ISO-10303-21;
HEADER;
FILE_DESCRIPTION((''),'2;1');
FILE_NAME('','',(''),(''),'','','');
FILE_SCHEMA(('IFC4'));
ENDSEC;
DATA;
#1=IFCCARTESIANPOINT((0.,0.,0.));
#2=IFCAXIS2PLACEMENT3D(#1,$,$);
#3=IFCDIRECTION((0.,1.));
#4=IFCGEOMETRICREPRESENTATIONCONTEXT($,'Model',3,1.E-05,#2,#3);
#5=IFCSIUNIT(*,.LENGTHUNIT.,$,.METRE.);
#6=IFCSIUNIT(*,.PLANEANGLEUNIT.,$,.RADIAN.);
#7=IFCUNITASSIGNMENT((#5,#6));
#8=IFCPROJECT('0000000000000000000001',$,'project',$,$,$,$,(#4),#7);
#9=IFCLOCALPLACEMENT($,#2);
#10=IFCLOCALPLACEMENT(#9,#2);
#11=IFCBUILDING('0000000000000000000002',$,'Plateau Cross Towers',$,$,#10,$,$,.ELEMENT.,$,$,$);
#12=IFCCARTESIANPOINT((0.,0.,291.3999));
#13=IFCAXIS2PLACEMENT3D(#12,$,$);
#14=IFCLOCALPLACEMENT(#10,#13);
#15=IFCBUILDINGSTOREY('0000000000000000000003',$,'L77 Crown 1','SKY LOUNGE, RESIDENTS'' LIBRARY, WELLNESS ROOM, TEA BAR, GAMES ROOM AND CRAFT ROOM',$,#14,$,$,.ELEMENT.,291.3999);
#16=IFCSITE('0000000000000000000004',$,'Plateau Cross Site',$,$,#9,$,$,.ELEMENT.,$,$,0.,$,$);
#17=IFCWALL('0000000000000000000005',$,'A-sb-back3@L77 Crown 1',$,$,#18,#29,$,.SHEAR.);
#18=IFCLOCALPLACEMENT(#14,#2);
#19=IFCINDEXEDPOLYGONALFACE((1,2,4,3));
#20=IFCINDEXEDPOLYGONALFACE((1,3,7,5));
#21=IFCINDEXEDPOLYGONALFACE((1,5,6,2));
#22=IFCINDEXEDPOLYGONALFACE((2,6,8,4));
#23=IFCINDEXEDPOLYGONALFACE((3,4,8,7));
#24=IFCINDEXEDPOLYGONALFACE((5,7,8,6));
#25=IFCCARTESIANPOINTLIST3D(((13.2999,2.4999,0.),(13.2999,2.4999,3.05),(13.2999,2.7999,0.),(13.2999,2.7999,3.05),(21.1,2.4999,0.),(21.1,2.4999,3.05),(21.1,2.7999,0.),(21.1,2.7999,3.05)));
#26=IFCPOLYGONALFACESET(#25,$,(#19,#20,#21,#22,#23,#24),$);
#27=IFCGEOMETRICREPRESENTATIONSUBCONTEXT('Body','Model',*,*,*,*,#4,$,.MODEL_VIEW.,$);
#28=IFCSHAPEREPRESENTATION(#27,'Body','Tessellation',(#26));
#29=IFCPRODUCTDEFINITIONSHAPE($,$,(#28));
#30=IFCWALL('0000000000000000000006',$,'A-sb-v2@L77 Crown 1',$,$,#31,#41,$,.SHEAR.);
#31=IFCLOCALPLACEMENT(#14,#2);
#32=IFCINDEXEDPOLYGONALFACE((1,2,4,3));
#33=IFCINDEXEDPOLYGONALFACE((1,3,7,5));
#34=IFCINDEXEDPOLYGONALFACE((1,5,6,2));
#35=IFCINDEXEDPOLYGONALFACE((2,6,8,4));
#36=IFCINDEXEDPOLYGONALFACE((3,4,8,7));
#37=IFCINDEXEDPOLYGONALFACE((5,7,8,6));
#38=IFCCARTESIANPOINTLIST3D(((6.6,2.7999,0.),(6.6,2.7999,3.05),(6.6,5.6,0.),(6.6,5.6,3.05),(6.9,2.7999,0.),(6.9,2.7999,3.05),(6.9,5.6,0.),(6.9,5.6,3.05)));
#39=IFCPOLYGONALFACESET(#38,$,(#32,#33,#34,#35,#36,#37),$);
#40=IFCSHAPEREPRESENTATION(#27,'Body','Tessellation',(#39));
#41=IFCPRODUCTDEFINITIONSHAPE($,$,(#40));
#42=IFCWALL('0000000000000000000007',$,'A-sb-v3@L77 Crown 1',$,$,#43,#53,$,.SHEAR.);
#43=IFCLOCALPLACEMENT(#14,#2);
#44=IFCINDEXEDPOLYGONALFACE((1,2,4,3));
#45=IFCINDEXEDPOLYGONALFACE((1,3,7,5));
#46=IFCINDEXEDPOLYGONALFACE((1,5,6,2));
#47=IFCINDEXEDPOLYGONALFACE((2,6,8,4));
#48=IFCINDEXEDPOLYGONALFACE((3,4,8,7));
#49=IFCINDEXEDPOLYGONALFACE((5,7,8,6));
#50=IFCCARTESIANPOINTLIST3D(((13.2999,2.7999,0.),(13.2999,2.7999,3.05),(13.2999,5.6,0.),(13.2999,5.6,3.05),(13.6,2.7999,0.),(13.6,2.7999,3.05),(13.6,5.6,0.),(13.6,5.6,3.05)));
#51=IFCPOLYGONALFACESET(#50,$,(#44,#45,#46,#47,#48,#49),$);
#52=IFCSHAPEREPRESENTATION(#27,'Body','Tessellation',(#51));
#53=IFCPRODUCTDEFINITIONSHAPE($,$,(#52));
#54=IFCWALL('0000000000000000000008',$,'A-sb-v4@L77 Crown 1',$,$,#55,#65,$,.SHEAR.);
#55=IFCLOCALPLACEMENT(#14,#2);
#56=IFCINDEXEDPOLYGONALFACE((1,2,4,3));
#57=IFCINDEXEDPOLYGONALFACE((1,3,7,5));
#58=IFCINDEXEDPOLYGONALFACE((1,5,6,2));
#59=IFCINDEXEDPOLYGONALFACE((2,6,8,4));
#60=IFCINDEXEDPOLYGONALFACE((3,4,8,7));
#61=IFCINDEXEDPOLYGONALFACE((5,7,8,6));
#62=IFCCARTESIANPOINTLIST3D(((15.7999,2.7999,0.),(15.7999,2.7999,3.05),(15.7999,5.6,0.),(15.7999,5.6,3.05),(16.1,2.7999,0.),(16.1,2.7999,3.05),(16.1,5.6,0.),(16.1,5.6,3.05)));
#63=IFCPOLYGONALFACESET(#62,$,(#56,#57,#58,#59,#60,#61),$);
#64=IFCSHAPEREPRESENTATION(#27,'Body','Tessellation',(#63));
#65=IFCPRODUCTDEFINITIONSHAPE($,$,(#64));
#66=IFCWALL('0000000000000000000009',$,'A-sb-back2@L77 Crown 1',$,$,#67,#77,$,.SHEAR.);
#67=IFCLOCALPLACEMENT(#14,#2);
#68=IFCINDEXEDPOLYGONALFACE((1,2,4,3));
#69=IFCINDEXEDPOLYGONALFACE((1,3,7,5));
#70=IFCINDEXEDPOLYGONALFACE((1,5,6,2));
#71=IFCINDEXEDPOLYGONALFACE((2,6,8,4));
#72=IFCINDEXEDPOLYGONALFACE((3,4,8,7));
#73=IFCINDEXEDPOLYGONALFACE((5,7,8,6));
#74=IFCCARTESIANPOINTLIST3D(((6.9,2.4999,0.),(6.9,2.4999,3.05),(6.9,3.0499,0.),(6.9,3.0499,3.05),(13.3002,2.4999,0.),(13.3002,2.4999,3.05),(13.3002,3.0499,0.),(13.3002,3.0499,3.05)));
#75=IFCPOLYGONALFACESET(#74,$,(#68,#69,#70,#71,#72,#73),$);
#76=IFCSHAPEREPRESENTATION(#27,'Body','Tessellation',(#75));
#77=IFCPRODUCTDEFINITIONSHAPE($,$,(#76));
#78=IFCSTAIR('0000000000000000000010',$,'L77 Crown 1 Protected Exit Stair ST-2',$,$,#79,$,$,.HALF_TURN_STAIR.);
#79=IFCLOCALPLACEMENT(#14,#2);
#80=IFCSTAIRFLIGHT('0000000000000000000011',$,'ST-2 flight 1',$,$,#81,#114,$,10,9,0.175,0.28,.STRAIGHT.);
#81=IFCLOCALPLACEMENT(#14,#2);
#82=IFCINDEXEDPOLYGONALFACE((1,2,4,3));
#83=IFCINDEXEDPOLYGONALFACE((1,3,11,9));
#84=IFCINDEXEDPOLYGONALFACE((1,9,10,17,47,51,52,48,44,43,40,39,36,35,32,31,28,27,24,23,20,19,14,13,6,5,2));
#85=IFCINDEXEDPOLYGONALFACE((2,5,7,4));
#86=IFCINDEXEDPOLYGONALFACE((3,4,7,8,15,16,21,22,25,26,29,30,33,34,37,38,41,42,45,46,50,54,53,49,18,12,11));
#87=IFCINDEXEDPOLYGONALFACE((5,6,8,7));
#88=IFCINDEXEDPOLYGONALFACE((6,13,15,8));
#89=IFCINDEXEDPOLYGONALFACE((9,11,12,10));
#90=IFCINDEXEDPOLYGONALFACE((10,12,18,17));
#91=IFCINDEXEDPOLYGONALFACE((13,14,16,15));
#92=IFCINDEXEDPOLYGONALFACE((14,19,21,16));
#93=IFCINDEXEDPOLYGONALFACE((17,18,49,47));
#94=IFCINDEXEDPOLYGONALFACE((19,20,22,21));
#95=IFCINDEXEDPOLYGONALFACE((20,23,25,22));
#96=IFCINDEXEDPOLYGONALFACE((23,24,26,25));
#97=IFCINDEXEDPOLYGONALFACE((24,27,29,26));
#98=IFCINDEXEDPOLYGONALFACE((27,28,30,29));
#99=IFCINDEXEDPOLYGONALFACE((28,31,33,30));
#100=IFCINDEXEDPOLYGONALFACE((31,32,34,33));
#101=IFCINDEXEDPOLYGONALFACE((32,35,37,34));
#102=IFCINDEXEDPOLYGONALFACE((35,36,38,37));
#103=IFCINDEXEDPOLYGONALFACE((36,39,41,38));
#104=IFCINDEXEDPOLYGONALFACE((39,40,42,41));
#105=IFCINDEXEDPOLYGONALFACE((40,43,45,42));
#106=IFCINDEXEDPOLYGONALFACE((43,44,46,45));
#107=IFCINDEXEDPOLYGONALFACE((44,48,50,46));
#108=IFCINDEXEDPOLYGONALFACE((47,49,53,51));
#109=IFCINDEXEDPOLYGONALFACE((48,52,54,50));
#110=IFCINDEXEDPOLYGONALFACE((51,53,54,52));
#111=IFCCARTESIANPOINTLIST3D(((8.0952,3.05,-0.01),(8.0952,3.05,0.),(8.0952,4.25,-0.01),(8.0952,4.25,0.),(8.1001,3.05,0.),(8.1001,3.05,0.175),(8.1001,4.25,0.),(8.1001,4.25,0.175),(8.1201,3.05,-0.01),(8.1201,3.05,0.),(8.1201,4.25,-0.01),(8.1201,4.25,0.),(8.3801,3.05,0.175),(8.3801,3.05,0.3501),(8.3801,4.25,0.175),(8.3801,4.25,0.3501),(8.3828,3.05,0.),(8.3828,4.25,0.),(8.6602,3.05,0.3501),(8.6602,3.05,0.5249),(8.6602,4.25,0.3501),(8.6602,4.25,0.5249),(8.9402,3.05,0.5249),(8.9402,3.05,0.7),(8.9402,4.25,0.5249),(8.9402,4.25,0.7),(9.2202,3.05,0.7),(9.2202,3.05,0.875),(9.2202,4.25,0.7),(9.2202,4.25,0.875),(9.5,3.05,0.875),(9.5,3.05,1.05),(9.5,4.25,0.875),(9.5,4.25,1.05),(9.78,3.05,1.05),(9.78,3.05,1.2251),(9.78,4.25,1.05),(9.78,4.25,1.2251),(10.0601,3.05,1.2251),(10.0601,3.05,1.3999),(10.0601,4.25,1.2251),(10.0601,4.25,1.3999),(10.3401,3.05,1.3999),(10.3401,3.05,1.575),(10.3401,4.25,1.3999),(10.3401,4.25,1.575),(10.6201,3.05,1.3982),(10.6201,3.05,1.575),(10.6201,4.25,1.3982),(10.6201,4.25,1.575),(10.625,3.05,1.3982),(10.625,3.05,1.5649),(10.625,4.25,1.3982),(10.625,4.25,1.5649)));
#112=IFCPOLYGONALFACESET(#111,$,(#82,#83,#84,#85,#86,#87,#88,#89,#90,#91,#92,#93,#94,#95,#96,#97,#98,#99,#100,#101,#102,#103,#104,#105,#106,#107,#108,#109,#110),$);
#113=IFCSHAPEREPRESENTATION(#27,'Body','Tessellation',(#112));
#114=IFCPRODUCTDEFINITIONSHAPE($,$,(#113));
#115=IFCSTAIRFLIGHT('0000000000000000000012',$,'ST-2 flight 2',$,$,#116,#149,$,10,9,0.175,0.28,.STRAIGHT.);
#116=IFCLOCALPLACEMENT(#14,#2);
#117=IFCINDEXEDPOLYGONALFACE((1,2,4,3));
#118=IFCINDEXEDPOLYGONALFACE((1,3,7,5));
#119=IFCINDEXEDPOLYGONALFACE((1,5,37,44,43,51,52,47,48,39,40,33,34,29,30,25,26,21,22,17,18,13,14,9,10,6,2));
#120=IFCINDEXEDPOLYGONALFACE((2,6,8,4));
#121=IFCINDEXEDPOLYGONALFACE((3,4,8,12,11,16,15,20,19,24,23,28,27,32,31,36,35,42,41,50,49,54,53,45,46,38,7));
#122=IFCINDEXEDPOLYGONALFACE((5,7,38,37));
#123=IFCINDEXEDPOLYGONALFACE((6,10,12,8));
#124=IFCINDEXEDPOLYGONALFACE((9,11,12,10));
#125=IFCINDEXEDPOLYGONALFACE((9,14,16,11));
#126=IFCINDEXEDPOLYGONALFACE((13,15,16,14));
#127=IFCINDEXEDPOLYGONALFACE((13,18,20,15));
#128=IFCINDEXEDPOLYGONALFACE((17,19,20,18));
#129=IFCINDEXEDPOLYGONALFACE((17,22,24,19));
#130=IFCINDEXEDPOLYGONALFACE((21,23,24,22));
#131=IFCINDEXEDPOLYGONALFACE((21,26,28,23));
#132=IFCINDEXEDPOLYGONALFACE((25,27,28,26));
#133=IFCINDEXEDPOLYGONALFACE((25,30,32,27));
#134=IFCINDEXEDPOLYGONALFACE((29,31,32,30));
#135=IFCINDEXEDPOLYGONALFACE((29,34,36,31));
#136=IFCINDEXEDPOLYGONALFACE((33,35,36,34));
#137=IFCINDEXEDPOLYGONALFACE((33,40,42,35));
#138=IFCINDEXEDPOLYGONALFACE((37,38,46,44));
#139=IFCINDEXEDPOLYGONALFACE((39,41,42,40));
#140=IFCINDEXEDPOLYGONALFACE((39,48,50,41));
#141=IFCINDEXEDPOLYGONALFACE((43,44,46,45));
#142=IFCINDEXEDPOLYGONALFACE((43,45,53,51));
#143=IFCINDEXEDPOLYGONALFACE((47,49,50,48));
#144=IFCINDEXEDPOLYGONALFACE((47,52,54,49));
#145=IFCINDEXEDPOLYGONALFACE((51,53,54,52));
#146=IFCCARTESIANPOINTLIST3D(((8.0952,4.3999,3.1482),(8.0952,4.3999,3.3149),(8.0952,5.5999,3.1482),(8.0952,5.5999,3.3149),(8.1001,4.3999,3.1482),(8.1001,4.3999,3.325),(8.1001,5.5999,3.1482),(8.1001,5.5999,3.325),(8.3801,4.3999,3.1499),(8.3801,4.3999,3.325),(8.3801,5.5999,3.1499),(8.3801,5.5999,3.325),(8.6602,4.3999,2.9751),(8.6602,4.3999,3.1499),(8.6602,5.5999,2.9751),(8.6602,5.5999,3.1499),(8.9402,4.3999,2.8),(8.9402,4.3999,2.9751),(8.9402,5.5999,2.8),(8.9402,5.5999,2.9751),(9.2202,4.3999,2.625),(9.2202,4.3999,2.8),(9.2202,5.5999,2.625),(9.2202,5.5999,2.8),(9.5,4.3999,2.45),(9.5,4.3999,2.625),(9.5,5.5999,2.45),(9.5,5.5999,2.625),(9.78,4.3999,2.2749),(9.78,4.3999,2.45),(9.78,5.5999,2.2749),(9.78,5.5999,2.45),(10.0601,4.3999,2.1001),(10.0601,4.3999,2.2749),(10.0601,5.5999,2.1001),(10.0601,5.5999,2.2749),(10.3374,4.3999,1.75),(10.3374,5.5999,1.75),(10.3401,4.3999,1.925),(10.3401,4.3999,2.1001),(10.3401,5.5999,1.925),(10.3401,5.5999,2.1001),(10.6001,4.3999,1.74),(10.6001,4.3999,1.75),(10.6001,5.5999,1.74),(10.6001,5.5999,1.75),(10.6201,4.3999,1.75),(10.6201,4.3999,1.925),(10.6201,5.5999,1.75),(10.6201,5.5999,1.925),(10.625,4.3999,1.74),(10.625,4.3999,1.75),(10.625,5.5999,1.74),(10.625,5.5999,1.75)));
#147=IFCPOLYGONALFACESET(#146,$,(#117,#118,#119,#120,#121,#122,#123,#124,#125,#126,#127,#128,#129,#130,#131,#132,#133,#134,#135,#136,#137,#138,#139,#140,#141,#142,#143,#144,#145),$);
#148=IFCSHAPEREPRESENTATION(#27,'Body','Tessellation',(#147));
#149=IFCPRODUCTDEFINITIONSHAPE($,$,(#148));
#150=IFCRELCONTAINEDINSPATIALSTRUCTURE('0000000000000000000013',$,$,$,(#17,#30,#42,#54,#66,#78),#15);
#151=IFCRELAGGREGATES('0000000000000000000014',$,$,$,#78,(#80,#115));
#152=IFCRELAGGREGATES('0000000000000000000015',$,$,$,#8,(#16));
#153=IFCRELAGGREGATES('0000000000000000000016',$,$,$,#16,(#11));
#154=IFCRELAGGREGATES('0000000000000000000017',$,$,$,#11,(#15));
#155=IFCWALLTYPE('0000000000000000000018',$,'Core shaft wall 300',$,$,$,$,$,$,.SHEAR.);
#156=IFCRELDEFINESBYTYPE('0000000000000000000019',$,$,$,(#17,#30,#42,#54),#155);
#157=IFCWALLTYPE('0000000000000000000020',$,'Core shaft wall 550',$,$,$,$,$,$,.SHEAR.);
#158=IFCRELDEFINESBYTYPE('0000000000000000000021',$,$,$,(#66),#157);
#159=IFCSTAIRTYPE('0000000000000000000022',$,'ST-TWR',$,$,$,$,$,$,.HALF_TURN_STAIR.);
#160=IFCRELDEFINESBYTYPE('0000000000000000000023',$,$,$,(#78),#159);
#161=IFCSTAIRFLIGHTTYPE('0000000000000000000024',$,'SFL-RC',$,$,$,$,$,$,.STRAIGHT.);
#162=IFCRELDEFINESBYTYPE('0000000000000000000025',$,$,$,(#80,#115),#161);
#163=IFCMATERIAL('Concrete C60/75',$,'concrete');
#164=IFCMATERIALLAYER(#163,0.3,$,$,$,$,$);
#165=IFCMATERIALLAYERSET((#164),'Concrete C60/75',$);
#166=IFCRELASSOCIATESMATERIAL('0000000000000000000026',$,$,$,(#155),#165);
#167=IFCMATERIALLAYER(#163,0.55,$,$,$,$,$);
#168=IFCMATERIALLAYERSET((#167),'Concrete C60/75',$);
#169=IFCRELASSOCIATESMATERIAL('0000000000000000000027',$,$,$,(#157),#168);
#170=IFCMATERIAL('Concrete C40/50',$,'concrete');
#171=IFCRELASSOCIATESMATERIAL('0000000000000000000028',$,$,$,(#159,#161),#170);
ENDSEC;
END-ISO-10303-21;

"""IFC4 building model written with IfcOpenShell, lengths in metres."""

from ifc_helpers import new_model, si_unit, direction, frame, frame_2d, origin, place, context, subcontext, project, spatial, polyline, rectangle, outline, extrude, material, layer, layer_set, type_object, element, aggregate, save


model = new_model("IFC4")

# Units and contexts
model_context = context("Model", 3, precision=1e-05, world=origin(), true_north=direction((0.0, 1.0)))
body_context = subcontext(model_context, "Body", "Model", "MODEL_VIEW")
ifc_project = project(units=[si_unit("LENGTHUNIT", "METRE"), si_unit("PLANEANGLEUNIT", "RADIAN")], contexts=[model_context])

# Site, building, storey
site_placement = place(None, origin())
site = spatial("IfcSite", under=ifc_project, at=site_placement, Name="Plateau Cross Site", CompositionType="ELEMENT", RefElevation=0.0)
building_placement = place(site_placement, origin())
building = spatial("IfcBuilding", under=site, at=building_placement, Name="Plateau Cross Towers", CompositionType="ELEMENT")
storey_placement = place(building_placement, frame((0.0, 0.0, 291.3999)))
storey = spatial("IfcBuildingStorey", under=building, at=storey_placement, Name="L77 Crown 1", Description="SKY LOUNGE, RESIDENTS' LIBRARY, WELLNESS ROOM, TEA BAR, GAMES ROOM AND CRAFT ROOM", CompositionType="ELEMENT", Elevation=291.3999)

# Walls
ifc_material_1 = material(Name="Concrete C60/75", Category="concrete")
ifc_layer_1 = layer(ifc_material_1, 0.3)
ifc_layer_set_1 = layer_set([ifc_layer_1], Name="Concrete C60/75")
wall_type_1 = type_object("IfcWallType", Name="Core shaft wall 300", PredefinedType="SHEAR", material=ifc_layer_set_1)
wall_1_placement = place(storey_placement, frame((13.3, 2.6499, 0.0), z_axis=(0.0, 0.0, 1.0), x_axis=(1.0, 0.0, 0.0)))
element("IfcWall", 1, at=wall_1_placement, inside=storey, type_object=wall_type_1, Name="A-sb-back3@L77 Crown 1", PredefinedType="SHEAR", context=body_context, shape_type="SweptSolid", body=[
    extrude(rectangle(XDim=7.8, YDim=0.3, at=frame_2d((3.8999, 0.0))), origin(), (0.0, 0.0, 1.0), 3.05),
])
for number, where, z_axis, x_axis, name in (
    (2, (6.75, 2.8, 0.0), (0.0, 0.0, 1.0), (0.0, 1.0, 0.0), "A-sb-v2@L77 Crown 1"),
    (3, (13.45, 2.8, 0.0), (0.0, 0.0, 1.0), (0.0, 1.0, 0.0), "A-sb-v3@L77 Crown 1"),
    (4, (15.95, 2.8, 0.0), (0.0, 0.0, 1.0), (0.0, 1.0, 0.0), "A-sb-v4@L77 Crown 1"),
):
    element("IfcWall", number, at=place(storey_placement, frame(where, z_axis=z_axis, x_axis=x_axis)), inside=storey, type_object=wall_type_1, Name=name, PredefinedType="SHEAR", context=body_context, shape_type="SweptSolid", body=[
        extrude(rectangle(XDim=2.8, YDim=0.3, at=frame_2d((1.3999, 0.0))), origin(), (0.0, 0.0, 1.0), 3.05),
    ])
ifc_layer_2 = layer(ifc_material_1, 0.55)
ifc_layer_set_2 = layer_set([ifc_layer_2], Name="Concrete C60/75")
wall_type_2 = type_object("IfcWallType", Name="Core shaft wall 550", PredefinedType="SHEAR", material=ifc_layer_set_2)
wall_2_placement = place(storey_placement, frame((6.8999, 2.7749, 0.0), z_axis=(0.0, 0.0, 1.0), x_axis=(1.0, 0.0, 0.0)))
element("IfcWall", 5, at=wall_2_placement, inside=storey, type_object=wall_type_2, Name="A-sb-back2@L77 Crown 1", PredefinedType="SHEAR", context=body_context, shape_type="SweptSolid", body=[
    extrude(rectangle(XDim=6.4001, YDim=0.55, at=frame_2d((3.2002, 0.0))), origin(), (0.0, 0.0, 1.0), 3.05),
])

# Stair, stair flights
ifc_material_2 = material(Name="Concrete C40/50", Category="concrete")
stair_type = type_object("IfcStairType", Name="ST-TWR", PredefinedType="HALF_TURN_STAIR", material=ifc_material_2)
stair_placement = place(storey_placement, origin())
stair = element("IfcStair", 6, at=stair_placement, inside=storey, type_object=stair_type, Name="L77 Crown 1 Protected Exit Stair ST-2", PredefinedType="HALF_TURN_STAIR")
stair_flight_type = type_object("IfcStairFlightType", Name="SFL-RC", PredefinedType="STRAIGHT", material=ifc_material_2)
stair_flight_1_placement = place(storey_placement, frame((8.1001, 3.6499, 0.0), z_axis=(0.0, 0.0, 1.0), x_axis=(1.0, 0.0, 0.0)))
stair_flight_1 = element("IfcStairFlight", 7, at=stair_flight_1_placement, type_object=stair_flight_type, Name="ST-2 flight 1", NumberOfRisers=10, NumberOfTreads=9, PredefinedType="STRAIGHT", RiserHeight=0.175, TreadLength=0.28, context=body_context, shape_type="SweptSolid", body=[
    extrude(outline(polyline([(-0.0049, -0.01), (-0.0049, 0.0), (0.0, 0.0), (0.0, 0.175), (0.28, 0.175), (0.28, 0.3501), (0.5601, 0.3501), (0.5601, 0.5249), (0.8401, 0.5249), (0.8401, 0.7), (1.1201, 0.7), (1.1201, 0.875), (1.3999, 0.875), (1.3999, 1.05), (1.6799, 1.05), (1.6799, 1.2251), (1.96, 1.2251), (1.96, 1.3999), (2.24, 1.3999), (2.24, 1.575), (2.52, 1.575), (2.5249, 1.5649), (2.5249, 1.3982), (2.52, 1.3982), (0.2827, 0.0), (0.02, 0.0), (0.02, -0.01), (-0.0049, -0.01)])), frame((0.0, 0.6001, 0.0), z_axis=(0.0, -1.0, 0.0), x_axis=(1.0, 0.0, 0.0)), (0.0, 0.0, 1.0), 1.2),
])
stair_flight_2_placement = place(storey_placement, frame((10.6201, 5.0, 1.75), z_axis=(0.0, 0.0, 1.0), x_axis=(-1.0, 0.0, 0.0)))
stair_flight_2 = element("IfcStairFlight", 8, at=stair_flight_2_placement, type_object=stair_flight_type, Name="ST-2 flight 2", NumberOfRisers=10, NumberOfTreads=9, PredefinedType="STRAIGHT", RiserHeight=0.175, TreadLength=0.28, context=body_context, shape_type="SweptSolid", body=[
    extrude(outline(polyline([(-0.0049, -0.01), (-0.0049, 0.0), (0.0, 0.0), (0.0, 0.175), (0.28, 0.175), (0.28, 0.3501), (0.5601, 0.3501), (0.5601, 0.5249), (0.8401, 0.5249), (0.8401, 0.7), (1.1201, 0.7), (1.1201, 0.875), (1.3999, 0.875), (1.3999, 1.05), (1.6799, 1.05), (1.6799, 1.2251), (1.96, 1.2251), (1.96, 1.3999), (2.24, 1.3999), (2.24, 1.575), (2.52, 1.575), (2.5249, 1.5649), (2.5249, 1.3982), (2.52, 1.3982), (0.2827, 0.0), (0.02, 0.0), (0.02, -0.01), (-0.0049, -0.01)])), frame((0.0, 0.6001, 0.0), z_axis=(0.0, -1.0, 0.0), x_axis=(1.0, 0.0, 0.0)), (0.0, 0.0, 1.0), 1.2),
])
aggregate(stair, [stair_flight_1, stair_flight_2])

save(model, "model.ifc")
